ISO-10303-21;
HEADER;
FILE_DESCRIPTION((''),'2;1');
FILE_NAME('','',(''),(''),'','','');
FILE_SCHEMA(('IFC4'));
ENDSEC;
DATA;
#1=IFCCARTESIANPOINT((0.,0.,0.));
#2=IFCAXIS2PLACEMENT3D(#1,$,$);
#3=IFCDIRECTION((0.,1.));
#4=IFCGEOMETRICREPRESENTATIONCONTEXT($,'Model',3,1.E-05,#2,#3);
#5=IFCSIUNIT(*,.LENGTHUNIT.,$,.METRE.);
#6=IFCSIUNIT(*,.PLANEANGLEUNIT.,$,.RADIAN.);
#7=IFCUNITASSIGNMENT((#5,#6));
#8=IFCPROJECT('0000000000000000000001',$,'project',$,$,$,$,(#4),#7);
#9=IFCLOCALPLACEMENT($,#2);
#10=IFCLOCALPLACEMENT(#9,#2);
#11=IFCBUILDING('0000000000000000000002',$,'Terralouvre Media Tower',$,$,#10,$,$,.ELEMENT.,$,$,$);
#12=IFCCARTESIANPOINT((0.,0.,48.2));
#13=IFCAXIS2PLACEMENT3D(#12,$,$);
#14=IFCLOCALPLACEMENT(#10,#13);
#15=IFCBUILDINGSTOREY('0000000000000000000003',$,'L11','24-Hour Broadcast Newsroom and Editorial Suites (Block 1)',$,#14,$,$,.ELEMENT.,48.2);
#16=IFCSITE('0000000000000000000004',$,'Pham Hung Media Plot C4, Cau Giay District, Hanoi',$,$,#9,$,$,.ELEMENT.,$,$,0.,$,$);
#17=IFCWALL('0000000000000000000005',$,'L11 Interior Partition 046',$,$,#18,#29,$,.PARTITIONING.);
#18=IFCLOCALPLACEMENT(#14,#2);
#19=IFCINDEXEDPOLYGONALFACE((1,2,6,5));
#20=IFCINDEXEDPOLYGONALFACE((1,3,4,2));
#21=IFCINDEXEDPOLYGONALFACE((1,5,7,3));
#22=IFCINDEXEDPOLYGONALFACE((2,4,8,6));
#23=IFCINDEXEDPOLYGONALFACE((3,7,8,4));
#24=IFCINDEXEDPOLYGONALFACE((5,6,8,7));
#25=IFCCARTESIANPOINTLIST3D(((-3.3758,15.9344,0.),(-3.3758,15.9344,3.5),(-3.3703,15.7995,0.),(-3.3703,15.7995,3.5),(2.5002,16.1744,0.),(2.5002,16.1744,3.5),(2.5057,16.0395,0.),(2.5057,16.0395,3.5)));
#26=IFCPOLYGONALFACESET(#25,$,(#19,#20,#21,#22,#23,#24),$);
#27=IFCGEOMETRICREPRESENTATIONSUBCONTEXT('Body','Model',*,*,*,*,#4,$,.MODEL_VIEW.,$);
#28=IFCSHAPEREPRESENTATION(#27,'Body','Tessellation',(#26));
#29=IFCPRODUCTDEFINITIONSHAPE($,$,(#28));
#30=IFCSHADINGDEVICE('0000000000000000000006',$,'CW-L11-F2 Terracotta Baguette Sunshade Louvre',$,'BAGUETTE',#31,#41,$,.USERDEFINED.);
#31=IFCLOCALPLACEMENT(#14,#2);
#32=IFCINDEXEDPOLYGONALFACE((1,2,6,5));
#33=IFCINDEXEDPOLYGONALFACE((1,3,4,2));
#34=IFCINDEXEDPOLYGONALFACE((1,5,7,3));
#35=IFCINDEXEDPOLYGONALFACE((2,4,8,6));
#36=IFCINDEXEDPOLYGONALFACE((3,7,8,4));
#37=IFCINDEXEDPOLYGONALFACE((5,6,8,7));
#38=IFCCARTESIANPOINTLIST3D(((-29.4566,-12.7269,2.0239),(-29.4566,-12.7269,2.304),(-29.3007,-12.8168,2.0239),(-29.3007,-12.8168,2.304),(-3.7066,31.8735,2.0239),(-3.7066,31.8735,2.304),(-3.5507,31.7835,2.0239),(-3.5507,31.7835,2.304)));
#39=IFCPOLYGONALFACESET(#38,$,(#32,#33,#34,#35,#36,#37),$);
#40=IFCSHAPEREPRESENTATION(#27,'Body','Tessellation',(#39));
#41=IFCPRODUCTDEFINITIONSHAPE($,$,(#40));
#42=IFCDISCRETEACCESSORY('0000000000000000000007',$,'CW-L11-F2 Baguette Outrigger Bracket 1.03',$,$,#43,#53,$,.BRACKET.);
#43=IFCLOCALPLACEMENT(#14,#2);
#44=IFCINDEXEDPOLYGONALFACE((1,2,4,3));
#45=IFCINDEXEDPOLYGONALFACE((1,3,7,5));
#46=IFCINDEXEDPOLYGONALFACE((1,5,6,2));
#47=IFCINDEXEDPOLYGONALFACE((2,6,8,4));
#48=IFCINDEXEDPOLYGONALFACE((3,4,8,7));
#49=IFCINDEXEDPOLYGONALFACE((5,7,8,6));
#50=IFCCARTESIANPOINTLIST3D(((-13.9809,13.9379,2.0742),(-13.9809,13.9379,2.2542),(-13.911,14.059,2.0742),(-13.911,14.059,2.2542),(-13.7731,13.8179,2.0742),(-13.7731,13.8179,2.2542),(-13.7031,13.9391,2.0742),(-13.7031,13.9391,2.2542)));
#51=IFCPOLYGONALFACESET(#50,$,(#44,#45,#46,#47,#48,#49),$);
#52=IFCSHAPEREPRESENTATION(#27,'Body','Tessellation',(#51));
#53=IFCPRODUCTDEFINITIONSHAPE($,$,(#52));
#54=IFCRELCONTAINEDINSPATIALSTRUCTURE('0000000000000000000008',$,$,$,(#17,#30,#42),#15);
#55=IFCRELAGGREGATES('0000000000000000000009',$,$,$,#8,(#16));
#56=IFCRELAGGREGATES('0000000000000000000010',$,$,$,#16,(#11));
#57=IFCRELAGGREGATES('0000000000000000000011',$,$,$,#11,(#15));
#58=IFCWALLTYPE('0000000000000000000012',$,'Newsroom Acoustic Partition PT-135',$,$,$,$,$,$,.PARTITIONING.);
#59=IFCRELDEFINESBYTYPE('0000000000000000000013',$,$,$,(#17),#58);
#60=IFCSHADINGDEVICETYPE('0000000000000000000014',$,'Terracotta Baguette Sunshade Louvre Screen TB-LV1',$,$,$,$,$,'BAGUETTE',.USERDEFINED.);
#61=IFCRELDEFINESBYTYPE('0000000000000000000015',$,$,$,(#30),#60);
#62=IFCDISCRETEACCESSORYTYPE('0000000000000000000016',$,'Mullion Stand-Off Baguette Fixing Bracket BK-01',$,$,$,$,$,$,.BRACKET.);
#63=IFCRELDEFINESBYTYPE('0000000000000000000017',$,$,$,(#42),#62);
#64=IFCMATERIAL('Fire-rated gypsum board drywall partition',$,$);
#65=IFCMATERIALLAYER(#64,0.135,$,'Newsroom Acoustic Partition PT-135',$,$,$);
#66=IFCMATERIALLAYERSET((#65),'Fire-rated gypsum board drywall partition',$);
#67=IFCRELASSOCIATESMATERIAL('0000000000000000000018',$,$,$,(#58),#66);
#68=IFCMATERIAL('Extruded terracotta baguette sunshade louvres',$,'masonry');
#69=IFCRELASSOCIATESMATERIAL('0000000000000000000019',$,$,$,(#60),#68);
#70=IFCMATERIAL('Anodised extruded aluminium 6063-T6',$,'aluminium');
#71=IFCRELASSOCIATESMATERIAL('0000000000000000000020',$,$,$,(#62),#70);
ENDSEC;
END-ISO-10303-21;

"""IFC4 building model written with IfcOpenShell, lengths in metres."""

from ifc_helpers import new_model, si_unit, direction, frame, frame_2d, origin, origin_2d, place, context, subcontext, project, spatial, rectangle, extrude, material, layer, layer_set, type_object, element, save


model = new_model("IFC4")

# Units and contexts
model_context = context("Model", 3, precision=1e-05, world=origin(), true_north=direction((0.0, 1.0)))
body_context = subcontext(model_context, "Body", "Model", "MODEL_VIEW")
ifc_project = project(units=[si_unit("LENGTHUNIT", "METRE"), si_unit("PLANEANGLEUNIT", "RADIAN")], contexts=[model_context])

# Site, building, storey
site_placement = place(None, origin())
site = spatial("IfcSite", under=ifc_project, at=site_placement, Name="Pham Hung Media Plot C4, Cau Giay District, Hanoi", CompositionType="ELEMENT", RefElevation=0.0)
building_placement = place(site_placement, origin())
building = spatial("IfcBuilding", under=site, at=building_placement, Name="Terralouvre Media Tower", CompositionType="ELEMENT")
storey_placement = place(building_placement, frame((0.0, 0.0, 48.2)))
storey = spatial("IfcBuildingStorey", under=building, at=storey_placement, Name="L11", Description="24-Hour Broadcast Newsroom and Editorial Suites (Block 1)", CompositionType="ELEMENT", Elevation=48.2)

# Wall
ifc_material_1 = material(Name="Fire-rated gypsum board drywall partition")
ifc_layer_1 = layer(ifc_material_1, 0.135, Name="Newsroom Acoustic Partition PT-135")
ifc_layer_set_1 = layer_set([ifc_layer_1], Name="Fire-rated gypsum board drywall partition")
wall_type_1 = type_object("IfcWallType", Name="Newsroom Acoustic Partition PT-135", PredefinedType="PARTITIONING", material=ifc_layer_set_1)
wall_1_placement = place(storey_placement, frame((-3.373, 15.8669, 0.0), z_axis=(0.0, 0.0, 1.0), x_axis=(0.999167, 0.040809, 0.0)))
element("IfcWall", 1, at=wall_1_placement, inside=storey, type_object=wall_type_1, Name="L11 Interior Partition 046", PredefinedType="PARTITIONING", context=body_context, shape_type="SweptSolid", body=[
    extrude(rectangle(XDim=5.8809, YDim=0.135, at=frame_2d((2.9404, 0.0))), origin(), (0.0, 0.0, 1.0), 3.5),
])

# Shading device
ifc_material_2 = material(Name="Extruded terracotta baguette sunshade louvres", Category="masonry")
shading_device_type = type_object("IfcShadingDeviceType", Name="Terracotta Baguette Sunshade Louvre Screen TB-LV1", ElementType="BAGUETTE", PredefinedType="USERDEFINED", material=ifc_material_2)
shading_device_placement = place(storey_placement, frame((-16.5037, 9.5283, 2.0239), z_axis=(0.0, 0.0, 1.0), x_axis=(-0.5, -0.866025, 0.0)))
element("IfcShadingDevice", 2, at=shading_device_placement, inside=storey, type_object=shading_device_type, Name="CW-L11-F2 Terracotta Baguette Sunshade Louvre", ObjectType="BAGUETTE", PredefinedType="USERDEFINED", context=body_context, shape_type="SweptSolid", body=[
    extrude(rectangle(XDim=51.5, YDim=0.1799, at=origin_2d()), origin(), (0.0, 0.0, 1.0), 0.28),
])

# Discrete accessory
ifc_material_3 = material(Name="Anodised extruded aluminium 6063-T6", Category="aluminium")
discrete_accessory_type = type_object("IfcDiscreteAccessoryType", Name="Mullion Stand-Off Baguette Fixing Bracket BK-01", PredefinedType="BRACKET", material=ifc_material_3)
discrete_accessory_placement = place(storey_placement, frame((-13.842, 13.9385, 2.0742), z_axis=(0.0, 0.0, 1.0), x_axis=(-0.5, -0.866025, 0.0)))
element("IfcDiscreteAccessory", 3, at=discrete_accessory_placement, inside=storey, type_object=discrete_accessory_type, Name="CW-L11-F2 Baguette Outrigger Bracket 1.03", PredefinedType="BRACKET", context=body_context, shape_type="SweptSolid", body=[
    extrude(rectangle(XDim=0.1399, YDim=0.24, at=origin_2d()), origin(), (0.0, 0.0, 1.0), 0.1799),
])

save(model, "model.ifc")
